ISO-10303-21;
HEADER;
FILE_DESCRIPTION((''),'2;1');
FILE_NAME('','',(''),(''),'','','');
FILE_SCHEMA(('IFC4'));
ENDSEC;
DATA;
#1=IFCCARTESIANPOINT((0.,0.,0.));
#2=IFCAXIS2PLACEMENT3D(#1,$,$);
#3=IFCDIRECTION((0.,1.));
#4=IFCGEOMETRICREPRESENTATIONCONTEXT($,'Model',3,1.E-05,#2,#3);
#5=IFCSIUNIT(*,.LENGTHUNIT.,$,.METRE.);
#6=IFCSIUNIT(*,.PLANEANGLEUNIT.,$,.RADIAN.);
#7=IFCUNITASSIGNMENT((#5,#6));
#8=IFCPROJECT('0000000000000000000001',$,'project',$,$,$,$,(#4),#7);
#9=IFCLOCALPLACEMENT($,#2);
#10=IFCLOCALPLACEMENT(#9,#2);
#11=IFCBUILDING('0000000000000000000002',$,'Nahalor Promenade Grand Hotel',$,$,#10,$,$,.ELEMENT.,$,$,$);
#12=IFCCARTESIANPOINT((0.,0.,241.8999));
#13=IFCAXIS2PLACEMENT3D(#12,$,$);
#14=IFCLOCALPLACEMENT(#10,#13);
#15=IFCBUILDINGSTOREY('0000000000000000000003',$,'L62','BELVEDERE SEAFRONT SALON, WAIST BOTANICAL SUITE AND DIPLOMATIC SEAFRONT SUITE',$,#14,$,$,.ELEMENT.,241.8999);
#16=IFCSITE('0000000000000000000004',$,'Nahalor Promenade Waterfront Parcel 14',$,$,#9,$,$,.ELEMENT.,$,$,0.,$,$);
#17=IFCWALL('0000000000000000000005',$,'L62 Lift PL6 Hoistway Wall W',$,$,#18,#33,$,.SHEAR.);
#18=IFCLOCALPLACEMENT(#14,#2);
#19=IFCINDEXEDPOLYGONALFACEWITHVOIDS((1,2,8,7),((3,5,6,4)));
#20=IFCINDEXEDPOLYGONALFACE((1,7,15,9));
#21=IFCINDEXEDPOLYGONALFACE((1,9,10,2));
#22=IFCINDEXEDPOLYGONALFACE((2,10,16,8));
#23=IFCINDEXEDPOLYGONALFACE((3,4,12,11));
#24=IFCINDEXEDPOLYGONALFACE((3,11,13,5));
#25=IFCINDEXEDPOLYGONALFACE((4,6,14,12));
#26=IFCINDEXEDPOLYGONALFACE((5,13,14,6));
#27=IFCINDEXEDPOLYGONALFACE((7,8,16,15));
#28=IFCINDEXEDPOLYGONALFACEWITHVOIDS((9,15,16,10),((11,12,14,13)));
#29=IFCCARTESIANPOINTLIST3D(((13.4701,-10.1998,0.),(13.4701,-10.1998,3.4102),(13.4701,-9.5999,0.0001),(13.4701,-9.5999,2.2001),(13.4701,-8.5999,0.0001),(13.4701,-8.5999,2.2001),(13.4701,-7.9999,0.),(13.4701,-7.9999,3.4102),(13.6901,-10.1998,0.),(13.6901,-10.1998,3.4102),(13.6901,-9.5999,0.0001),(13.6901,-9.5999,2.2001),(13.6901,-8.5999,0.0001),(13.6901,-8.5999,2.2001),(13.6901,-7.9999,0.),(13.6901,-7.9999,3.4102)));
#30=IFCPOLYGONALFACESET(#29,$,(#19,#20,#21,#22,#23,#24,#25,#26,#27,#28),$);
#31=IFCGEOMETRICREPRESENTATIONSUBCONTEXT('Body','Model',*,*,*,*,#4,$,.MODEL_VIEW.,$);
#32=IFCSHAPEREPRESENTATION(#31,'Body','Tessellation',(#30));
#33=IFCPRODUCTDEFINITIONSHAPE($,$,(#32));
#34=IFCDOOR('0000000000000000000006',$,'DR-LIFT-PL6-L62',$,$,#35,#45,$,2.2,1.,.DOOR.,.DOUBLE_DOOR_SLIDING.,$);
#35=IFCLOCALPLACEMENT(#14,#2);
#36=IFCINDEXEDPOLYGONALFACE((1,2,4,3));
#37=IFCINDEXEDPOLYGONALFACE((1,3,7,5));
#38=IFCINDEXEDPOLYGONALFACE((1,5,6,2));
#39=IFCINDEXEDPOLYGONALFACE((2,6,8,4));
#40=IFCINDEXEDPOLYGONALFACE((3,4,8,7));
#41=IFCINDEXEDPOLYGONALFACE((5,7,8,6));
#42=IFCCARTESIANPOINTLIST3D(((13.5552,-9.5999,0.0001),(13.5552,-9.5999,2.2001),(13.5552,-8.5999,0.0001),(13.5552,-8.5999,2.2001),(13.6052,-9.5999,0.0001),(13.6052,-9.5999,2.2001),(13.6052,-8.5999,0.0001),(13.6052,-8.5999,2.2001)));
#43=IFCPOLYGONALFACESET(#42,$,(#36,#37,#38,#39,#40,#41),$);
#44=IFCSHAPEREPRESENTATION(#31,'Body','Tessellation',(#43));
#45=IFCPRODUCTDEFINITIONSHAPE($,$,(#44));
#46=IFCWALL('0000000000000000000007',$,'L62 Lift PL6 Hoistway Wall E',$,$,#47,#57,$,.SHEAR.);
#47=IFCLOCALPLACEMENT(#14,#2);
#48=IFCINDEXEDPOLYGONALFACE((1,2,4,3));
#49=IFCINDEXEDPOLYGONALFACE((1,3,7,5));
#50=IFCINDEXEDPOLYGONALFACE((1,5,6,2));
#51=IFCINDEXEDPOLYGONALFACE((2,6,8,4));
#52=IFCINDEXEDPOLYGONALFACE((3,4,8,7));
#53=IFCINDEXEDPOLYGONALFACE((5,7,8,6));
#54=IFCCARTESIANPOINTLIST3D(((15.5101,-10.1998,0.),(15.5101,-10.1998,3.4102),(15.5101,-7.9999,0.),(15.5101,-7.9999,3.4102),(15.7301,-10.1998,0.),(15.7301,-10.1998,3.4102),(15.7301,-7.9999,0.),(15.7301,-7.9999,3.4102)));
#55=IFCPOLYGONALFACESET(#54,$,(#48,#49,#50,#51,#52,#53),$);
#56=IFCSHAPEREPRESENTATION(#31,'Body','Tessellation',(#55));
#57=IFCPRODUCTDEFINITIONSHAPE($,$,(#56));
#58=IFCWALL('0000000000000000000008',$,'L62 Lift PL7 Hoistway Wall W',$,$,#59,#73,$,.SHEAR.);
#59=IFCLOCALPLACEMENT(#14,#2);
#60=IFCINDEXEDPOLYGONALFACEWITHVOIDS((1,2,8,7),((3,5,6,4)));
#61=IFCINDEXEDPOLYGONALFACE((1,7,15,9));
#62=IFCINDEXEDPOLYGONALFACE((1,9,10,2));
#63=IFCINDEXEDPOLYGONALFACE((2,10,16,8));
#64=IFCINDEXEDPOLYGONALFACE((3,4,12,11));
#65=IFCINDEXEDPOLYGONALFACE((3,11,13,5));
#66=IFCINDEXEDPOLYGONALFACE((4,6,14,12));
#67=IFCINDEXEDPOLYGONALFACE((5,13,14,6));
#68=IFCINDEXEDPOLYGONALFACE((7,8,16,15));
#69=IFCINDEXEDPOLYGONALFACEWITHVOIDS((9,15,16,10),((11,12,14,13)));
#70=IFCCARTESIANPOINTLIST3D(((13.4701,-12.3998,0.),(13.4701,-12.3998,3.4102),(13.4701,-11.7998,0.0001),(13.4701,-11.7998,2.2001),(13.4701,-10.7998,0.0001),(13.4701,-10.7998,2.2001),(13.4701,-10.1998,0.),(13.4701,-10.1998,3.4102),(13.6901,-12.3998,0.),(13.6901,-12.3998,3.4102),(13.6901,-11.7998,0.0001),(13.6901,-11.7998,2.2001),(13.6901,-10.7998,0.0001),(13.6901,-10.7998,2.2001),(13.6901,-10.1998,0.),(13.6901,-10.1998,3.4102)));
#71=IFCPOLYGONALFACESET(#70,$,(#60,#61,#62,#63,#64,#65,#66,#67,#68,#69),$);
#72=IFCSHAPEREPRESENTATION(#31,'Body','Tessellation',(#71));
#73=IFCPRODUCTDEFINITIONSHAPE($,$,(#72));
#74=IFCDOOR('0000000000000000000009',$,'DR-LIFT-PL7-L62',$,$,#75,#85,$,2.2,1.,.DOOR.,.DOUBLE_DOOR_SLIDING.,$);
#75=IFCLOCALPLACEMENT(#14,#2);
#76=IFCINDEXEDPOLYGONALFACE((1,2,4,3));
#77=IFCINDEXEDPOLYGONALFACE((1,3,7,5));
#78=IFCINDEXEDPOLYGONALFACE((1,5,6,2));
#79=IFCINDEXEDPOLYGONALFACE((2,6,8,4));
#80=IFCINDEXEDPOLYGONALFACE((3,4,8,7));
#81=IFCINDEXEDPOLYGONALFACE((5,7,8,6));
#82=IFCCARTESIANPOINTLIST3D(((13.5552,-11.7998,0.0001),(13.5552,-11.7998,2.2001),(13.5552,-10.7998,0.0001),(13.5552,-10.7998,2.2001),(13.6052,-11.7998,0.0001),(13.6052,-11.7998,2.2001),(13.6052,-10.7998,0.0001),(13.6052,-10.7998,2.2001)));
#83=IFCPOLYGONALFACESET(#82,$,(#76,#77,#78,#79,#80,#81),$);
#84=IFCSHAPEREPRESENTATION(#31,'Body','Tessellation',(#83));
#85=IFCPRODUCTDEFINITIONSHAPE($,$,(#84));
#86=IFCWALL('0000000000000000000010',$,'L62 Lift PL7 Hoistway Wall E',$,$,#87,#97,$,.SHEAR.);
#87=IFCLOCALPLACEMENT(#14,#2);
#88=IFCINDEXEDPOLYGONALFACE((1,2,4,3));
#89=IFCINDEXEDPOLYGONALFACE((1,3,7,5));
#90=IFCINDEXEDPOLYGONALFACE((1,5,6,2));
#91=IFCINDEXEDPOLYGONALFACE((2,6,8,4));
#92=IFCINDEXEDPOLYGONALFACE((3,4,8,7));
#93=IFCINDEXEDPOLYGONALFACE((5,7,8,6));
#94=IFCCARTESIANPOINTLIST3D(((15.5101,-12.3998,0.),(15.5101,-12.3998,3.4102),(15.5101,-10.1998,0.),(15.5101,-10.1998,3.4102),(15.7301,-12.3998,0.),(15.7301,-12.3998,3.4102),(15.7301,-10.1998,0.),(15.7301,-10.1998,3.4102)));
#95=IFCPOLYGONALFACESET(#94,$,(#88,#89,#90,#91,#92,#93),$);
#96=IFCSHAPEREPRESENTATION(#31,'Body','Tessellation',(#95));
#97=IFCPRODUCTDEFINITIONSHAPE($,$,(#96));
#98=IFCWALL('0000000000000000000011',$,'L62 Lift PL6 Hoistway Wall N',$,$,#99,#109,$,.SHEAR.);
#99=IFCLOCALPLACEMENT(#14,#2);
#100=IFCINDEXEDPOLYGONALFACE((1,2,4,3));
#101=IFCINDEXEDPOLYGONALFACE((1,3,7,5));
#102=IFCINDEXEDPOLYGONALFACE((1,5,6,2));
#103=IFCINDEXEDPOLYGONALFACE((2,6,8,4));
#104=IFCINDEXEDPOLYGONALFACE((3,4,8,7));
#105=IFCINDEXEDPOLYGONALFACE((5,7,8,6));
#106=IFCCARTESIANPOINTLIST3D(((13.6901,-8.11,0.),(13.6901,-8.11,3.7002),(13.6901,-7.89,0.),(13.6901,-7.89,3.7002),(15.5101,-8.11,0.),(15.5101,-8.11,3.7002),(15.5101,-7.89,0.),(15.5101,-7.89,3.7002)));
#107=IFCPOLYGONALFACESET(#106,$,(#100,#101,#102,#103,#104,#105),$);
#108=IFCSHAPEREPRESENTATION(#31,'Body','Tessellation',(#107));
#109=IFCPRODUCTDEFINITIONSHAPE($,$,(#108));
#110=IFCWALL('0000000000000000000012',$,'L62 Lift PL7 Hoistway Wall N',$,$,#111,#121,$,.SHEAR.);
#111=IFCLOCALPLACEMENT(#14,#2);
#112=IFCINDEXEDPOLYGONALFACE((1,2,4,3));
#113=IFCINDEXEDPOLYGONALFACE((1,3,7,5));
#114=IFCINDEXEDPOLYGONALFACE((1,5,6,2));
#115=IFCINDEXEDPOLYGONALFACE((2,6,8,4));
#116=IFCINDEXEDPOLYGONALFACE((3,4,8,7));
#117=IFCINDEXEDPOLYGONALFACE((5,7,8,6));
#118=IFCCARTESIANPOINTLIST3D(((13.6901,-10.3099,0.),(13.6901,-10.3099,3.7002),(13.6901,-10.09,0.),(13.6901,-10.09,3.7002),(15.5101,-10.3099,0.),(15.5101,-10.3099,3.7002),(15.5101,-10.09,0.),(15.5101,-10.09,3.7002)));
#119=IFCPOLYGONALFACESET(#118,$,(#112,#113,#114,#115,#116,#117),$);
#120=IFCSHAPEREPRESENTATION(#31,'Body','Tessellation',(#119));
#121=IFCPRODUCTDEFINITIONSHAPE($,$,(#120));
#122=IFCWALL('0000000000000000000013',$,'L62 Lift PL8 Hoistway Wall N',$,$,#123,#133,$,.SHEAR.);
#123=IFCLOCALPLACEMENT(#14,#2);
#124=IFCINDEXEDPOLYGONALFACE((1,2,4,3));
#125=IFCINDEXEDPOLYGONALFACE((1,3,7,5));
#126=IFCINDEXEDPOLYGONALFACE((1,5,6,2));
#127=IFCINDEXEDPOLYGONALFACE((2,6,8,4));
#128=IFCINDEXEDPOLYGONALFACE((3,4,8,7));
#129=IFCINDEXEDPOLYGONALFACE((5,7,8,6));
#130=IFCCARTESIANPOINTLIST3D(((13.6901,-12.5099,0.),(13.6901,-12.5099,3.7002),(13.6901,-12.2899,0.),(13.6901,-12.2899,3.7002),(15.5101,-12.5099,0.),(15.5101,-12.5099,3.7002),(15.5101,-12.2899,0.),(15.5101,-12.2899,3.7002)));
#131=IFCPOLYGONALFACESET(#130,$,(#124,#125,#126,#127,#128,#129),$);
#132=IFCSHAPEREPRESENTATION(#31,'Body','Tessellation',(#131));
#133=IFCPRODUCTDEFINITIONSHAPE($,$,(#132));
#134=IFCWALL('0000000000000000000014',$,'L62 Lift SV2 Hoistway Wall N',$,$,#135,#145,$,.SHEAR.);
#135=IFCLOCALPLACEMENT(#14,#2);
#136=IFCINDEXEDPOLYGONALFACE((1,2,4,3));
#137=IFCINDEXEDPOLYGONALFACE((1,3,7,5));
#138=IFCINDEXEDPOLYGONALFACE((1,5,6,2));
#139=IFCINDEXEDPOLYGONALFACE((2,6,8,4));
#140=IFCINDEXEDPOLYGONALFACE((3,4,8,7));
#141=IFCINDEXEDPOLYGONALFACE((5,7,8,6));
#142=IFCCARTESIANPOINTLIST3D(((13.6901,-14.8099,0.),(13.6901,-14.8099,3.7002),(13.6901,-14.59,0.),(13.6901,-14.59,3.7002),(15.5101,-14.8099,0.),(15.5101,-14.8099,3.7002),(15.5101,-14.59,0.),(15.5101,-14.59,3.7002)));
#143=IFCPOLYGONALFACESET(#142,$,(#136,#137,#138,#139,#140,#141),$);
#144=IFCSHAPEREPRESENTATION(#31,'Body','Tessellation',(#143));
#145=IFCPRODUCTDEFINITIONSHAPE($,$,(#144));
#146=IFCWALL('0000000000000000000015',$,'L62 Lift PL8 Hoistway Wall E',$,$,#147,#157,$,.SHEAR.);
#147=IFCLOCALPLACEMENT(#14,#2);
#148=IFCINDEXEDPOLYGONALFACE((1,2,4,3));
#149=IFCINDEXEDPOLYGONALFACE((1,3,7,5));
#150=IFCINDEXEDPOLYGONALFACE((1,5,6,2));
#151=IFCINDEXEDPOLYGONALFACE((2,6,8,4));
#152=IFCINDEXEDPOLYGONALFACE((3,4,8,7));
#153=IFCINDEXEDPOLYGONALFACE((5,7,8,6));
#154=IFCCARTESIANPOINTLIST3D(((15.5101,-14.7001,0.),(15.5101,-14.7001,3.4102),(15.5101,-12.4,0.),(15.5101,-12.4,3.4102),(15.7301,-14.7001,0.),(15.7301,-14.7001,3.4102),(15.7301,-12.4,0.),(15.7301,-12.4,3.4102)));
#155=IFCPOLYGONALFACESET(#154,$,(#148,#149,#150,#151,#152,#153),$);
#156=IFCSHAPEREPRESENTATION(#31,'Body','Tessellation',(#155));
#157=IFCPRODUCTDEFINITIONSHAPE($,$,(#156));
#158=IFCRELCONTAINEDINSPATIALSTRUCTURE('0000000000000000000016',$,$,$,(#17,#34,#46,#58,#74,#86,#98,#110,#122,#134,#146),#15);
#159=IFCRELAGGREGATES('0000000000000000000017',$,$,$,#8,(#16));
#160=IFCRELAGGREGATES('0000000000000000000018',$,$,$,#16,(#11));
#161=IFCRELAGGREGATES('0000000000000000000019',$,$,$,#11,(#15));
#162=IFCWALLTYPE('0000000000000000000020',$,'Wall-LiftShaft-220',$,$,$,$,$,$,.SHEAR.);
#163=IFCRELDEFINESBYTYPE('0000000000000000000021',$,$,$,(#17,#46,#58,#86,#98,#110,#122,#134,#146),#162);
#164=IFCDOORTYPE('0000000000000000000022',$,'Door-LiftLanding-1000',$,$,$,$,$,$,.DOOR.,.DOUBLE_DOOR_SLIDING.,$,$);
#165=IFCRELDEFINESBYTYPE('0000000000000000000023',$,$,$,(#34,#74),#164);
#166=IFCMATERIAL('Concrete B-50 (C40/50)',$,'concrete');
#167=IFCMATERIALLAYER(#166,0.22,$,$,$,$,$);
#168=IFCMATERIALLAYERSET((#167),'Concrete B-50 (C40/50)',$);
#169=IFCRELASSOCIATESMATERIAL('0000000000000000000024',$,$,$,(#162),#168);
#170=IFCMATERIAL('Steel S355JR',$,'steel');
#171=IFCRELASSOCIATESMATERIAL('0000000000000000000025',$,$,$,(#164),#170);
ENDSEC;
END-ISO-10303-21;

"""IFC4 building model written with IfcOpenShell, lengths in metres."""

from ifc_helpers import new_model, si_unit, direction, frame, frame_2d, origin, place, context, subcontext, project, spatial, rectangle, extrude, source, transform, mapped, material, layer, layer_set, type_object, element, fill, save


model = new_model("IFC4")

# Units and contexts
model_context = context("Model", 3, precision=1e-05, world=origin(), true_north=direction((0.0, 1.0)))
body_context = subcontext(model_context, "Body", "Model", "MODEL_VIEW")
ifc_project = project(units=[si_unit("LENGTHUNIT", "METRE"), si_unit("PLANEANGLEUNIT", "RADIAN")], contexts=[model_context])

# Site, building, storey
site_placement = place(None, origin())
site = spatial("IfcSite", under=ifc_project, at=site_placement, Name="Nahalor Promenade Waterfront Parcel 14", CompositionType="ELEMENT", RefElevation=0.0)
building_placement = place(site_placement, origin())
building = spatial("IfcBuilding", under=site, at=building_placement, Name="Nahalor Promenade Grand Hotel", CompositionType="ELEMENT")
storey_placement = place(building_placement, frame((0.0, 0.0, 241.8999)))
storey = spatial("IfcBuildingStorey", under=building, at=storey_placement, Name="L62", Description="BELVEDERE SEAFRONT SALON, WAIST BOTANICAL SUITE AND DIPLOMATIC SEAFRONT SUITE", CompositionType="ELEMENT", Elevation=241.8999)

# Shared definitions
ifc_material_1 = material(Name="Steel S355JR", Category="steel")

# Shared definitions
ifc_material_2 = material(Name="Concrete B-50 (C40/50)", Category="concrete")
ifc_layer_1 = layer(ifc_material_2, 0.22)
ifc_layer_set_1 = layer_set([ifc_layer_1], Name="Concrete B-50 (C40/50)")
wall_type_1 = type_object("IfcWallType", Name="Wall-LiftShaft-220", PredefinedType="SHEAR", material=ifc_layer_set_1)
door_type_1 = type_object("IfcDoorType", Name="Door-LiftLanding-1000", OperationType="DOUBLE_DOOR_SLIDING", PredefinedType="DOOR", material=ifc_material_1)
shared_shape_1 = source(origin(), body_context, "Body", "SweptSolid", [
    extrude(rectangle(XDim=1.0, YDim=2.2, at=frame_2d((0.5, 1.1001))), frame((0.0, 0.0249, 0.0), z_axis=(0.0, -1.0, 0.0), x_axis=(1.0, 0.0, 0.0)), (0.0, 0.0, 1.0), 0.05),
])

# Wall, opening, door
shared_shape_2 = source(origin(), body_context, "Body", "SweptSolid", [
    extrude(rectangle(XDim=2.2, YDim=0.22, at=frame_2d((1.1001, 0.0))), origin(), (0.0, 0.0, 1.0), 3.4102),
])
wall_1_placement = place(storey_placement, frame((13.5801, -10.2, 0.0), z_axis=(0.0, 0.0, 1.0), x_axis=(0.0, 1.0, 0.0)))
wall_1 = element("IfcWall", 1, at=wall_1_placement, inside=storey, type_object=wall_type_1, Name="L62 Lift PL6 Hoistway Wall W", PredefinedType="SHEAR", context=body_context, shape_type="MappedRepresentation", body=[
    mapped(shared_shape_2, transform((0.0, 0.0, 0.0), scale=1.0)),
])
opening_1_placement = place(wall_1_placement, frame((0.6001, 0.0, 0.0)))
opening_1 = element("IfcOpeningElement", 2, at=opening_1_placement, cuts=wall_1, PredefinedType="OPENING", context=body_context, shape_type="SweptSolid", body=[
    extrude(rectangle(XDim=1.0, YDim=2.2, at=frame_2d((0.5, 1.1001))), frame((0.0, 0.1199, 0.0), z_axis=(0.0, -1.0, 0.0), x_axis=(1.0, 0.0, 0.0)), (0.0, 0.0, 1.0), 0.24),
])
door_1_placement = place(opening_1_placement, origin())
door_1 = element("IfcDoor", 3, at=door_1_placement, inside=storey, type_object=door_type_1, Name="DR-LIFT-PL6-L62", OperationType="DOUBLE_DOOR_SLIDING", OverallHeight=2.2, OverallWidth=1.0, PredefinedType="DOOR", context=body_context, shape_type="MappedRepresentation", body=[
    mapped(shared_shape_1, transform((0.0, 0.0, 0.0), scale=1.0)),
])
fill(opening_1, door_1)

# Wall
wall_2_placement = place(storey_placement, frame((15.6201, -10.2, 0.0), z_axis=(0.0, 0.0, 1.0), x_axis=(0.0, 1.0, 0.0)))
element("IfcWall", 4, at=wall_2_placement, inside=storey, type_object=wall_type_1, Name="L62 Lift PL6 Hoistway Wall E", PredefinedType="SHEAR", context=body_context, shape_type="MappedRepresentation", body=[
    mapped(shared_shape_2, transform((0.0, 0.0, 0.0), scale=1.0)),
])

# Wall, opening, door
wall_3_placement = place(storey_placement, frame((13.5801, -12.3999, 0.0), z_axis=(0.0, 0.0, 1.0), x_axis=(0.0, 1.0, 0.0)))
wall_3 = element("IfcWall", 5, at=wall_3_placement, inside=storey, type_object=wall_type_1, Name="L62 Lift PL7 Hoistway Wall W", PredefinedType="SHEAR", context=body_context, shape_type="MappedRepresentation", body=[
    mapped(shared_shape_2, transform((0.0, 0.0, 0.0), scale=1.0)),
])
opening_2_placement = place(wall_3_placement, frame((0.6001, 0.0, 0.0)))
opening_2 = element("IfcOpeningElement", 6, at=opening_2_placement, cuts=wall_3, PredefinedType="OPENING", context=body_context, shape_type="SweptSolid", body=[
    extrude(rectangle(XDim=1.0, YDim=2.2, at=frame_2d((0.5, 1.1001))), frame((0.0, 0.1199, 0.0), z_axis=(0.0, -1.0, 0.0), x_axis=(1.0, 0.0, 0.0)), (0.0, 0.0, 1.0), 0.24),
])
door_2_placement = place(opening_2_placement, origin())
door_2 = element("IfcDoor", 7, at=door_2_placement, inside=storey, type_object=door_type_1, Name="DR-LIFT-PL7-L62", OperationType="DOUBLE_DOOR_SLIDING", OverallHeight=2.2, OverallWidth=1.0, PredefinedType="DOOR", context=body_context, shape_type="MappedRepresentation", body=[
    mapped(shared_shape_1, transform((0.0, 0.0, 0.0), scale=1.0)),
])
fill(opening_2, door_2)

# Walls
wall_4_placement = place(storey_placement, frame((15.6201, -12.3999, 0.0), z_axis=(0.0, 0.0, 1.0), x_axis=(0.0, 1.0, 0.0)))
element("IfcWall", 8, at=wall_4_placement, inside=storey, type_object=wall_type_1, Name="L62 Lift PL7 Hoistway Wall E", PredefinedType="SHEAR", context=body_context, shape_type="MappedRepresentation", body=[
    mapped(shared_shape_2, transform((0.0, 0.0, 0.0), scale=1.0)),
])
shared_shape_3 = source(origin(), body_context, "Body", "SweptSolid", [
    extrude(rectangle(XDim=1.8201, YDim=0.22, at=frame_2d((0.9102, 0.0))), origin(), (0.0, 0.0, 1.0), 3.7002),
])
for number, where, z_axis, x_axis, name in (
    (9, (13.6899, -8.0, 0.0), (0.0, 0.0, 1.0), (1.0, 0.0, 0.0), "L62 Lift PL6 Hoistway Wall N"),
    (10, (13.6899, -10.2, 0.0), (0.0, 0.0, 1.0), (1.0, 0.0, 0.0), "L62 Lift PL7 Hoistway Wall N"),
    (11, (13.6899, -12.3999, 0.0), (0.0, 0.0, 1.0), (1.0, 0.0, 0.0), "L62 Lift PL8 Hoistway Wall N"),
    (12, (13.6899, -14.7, 0.0), (0.0, 0.0, 1.0), (1.0, 0.0, 0.0), "L62 Lift SV2 Hoistway Wall N"),
):
    element("IfcWall", number, at=place(storey_placement, frame(where, z_axis=z_axis, x_axis=x_axis)), inside=storey, type_object=wall_type_1, Name=name, PredefinedType="SHEAR", context=body_context, shape_type="MappedRepresentation", body=[
        mapped(shared_shape_3, transform((0.0, 0.0, 0.0), scale=1.0)),
    ])
shared_shape_4 = source(origin(), body_context, "Body", "SweptSolid", [
    extrude(rectangle(XDim=2.3, YDim=0.22, at=frame_2d((1.1499, 0.0))), origin(), (0.0, 0.0, 1.0), 3.4102),
])
wall_5_placement = place(storey_placement, frame((15.6201, -14.7, 0.0), z_axis=(0.0, 0.0, 1.0), x_axis=(0.0, 1.0, 0.0)))
element("IfcWall", 13, at=wall_5_placement, inside=storey, type_object=wall_type_1, Name="L62 Lift PL8 Hoistway Wall E", PredefinedType="SHEAR", context=body_context, shape_type="MappedRepresentation", body=[
    mapped(shared_shape_4, transform((0.0, 0.0, 0.0), scale=1.0)),
])

save(model, "model.ifc")
